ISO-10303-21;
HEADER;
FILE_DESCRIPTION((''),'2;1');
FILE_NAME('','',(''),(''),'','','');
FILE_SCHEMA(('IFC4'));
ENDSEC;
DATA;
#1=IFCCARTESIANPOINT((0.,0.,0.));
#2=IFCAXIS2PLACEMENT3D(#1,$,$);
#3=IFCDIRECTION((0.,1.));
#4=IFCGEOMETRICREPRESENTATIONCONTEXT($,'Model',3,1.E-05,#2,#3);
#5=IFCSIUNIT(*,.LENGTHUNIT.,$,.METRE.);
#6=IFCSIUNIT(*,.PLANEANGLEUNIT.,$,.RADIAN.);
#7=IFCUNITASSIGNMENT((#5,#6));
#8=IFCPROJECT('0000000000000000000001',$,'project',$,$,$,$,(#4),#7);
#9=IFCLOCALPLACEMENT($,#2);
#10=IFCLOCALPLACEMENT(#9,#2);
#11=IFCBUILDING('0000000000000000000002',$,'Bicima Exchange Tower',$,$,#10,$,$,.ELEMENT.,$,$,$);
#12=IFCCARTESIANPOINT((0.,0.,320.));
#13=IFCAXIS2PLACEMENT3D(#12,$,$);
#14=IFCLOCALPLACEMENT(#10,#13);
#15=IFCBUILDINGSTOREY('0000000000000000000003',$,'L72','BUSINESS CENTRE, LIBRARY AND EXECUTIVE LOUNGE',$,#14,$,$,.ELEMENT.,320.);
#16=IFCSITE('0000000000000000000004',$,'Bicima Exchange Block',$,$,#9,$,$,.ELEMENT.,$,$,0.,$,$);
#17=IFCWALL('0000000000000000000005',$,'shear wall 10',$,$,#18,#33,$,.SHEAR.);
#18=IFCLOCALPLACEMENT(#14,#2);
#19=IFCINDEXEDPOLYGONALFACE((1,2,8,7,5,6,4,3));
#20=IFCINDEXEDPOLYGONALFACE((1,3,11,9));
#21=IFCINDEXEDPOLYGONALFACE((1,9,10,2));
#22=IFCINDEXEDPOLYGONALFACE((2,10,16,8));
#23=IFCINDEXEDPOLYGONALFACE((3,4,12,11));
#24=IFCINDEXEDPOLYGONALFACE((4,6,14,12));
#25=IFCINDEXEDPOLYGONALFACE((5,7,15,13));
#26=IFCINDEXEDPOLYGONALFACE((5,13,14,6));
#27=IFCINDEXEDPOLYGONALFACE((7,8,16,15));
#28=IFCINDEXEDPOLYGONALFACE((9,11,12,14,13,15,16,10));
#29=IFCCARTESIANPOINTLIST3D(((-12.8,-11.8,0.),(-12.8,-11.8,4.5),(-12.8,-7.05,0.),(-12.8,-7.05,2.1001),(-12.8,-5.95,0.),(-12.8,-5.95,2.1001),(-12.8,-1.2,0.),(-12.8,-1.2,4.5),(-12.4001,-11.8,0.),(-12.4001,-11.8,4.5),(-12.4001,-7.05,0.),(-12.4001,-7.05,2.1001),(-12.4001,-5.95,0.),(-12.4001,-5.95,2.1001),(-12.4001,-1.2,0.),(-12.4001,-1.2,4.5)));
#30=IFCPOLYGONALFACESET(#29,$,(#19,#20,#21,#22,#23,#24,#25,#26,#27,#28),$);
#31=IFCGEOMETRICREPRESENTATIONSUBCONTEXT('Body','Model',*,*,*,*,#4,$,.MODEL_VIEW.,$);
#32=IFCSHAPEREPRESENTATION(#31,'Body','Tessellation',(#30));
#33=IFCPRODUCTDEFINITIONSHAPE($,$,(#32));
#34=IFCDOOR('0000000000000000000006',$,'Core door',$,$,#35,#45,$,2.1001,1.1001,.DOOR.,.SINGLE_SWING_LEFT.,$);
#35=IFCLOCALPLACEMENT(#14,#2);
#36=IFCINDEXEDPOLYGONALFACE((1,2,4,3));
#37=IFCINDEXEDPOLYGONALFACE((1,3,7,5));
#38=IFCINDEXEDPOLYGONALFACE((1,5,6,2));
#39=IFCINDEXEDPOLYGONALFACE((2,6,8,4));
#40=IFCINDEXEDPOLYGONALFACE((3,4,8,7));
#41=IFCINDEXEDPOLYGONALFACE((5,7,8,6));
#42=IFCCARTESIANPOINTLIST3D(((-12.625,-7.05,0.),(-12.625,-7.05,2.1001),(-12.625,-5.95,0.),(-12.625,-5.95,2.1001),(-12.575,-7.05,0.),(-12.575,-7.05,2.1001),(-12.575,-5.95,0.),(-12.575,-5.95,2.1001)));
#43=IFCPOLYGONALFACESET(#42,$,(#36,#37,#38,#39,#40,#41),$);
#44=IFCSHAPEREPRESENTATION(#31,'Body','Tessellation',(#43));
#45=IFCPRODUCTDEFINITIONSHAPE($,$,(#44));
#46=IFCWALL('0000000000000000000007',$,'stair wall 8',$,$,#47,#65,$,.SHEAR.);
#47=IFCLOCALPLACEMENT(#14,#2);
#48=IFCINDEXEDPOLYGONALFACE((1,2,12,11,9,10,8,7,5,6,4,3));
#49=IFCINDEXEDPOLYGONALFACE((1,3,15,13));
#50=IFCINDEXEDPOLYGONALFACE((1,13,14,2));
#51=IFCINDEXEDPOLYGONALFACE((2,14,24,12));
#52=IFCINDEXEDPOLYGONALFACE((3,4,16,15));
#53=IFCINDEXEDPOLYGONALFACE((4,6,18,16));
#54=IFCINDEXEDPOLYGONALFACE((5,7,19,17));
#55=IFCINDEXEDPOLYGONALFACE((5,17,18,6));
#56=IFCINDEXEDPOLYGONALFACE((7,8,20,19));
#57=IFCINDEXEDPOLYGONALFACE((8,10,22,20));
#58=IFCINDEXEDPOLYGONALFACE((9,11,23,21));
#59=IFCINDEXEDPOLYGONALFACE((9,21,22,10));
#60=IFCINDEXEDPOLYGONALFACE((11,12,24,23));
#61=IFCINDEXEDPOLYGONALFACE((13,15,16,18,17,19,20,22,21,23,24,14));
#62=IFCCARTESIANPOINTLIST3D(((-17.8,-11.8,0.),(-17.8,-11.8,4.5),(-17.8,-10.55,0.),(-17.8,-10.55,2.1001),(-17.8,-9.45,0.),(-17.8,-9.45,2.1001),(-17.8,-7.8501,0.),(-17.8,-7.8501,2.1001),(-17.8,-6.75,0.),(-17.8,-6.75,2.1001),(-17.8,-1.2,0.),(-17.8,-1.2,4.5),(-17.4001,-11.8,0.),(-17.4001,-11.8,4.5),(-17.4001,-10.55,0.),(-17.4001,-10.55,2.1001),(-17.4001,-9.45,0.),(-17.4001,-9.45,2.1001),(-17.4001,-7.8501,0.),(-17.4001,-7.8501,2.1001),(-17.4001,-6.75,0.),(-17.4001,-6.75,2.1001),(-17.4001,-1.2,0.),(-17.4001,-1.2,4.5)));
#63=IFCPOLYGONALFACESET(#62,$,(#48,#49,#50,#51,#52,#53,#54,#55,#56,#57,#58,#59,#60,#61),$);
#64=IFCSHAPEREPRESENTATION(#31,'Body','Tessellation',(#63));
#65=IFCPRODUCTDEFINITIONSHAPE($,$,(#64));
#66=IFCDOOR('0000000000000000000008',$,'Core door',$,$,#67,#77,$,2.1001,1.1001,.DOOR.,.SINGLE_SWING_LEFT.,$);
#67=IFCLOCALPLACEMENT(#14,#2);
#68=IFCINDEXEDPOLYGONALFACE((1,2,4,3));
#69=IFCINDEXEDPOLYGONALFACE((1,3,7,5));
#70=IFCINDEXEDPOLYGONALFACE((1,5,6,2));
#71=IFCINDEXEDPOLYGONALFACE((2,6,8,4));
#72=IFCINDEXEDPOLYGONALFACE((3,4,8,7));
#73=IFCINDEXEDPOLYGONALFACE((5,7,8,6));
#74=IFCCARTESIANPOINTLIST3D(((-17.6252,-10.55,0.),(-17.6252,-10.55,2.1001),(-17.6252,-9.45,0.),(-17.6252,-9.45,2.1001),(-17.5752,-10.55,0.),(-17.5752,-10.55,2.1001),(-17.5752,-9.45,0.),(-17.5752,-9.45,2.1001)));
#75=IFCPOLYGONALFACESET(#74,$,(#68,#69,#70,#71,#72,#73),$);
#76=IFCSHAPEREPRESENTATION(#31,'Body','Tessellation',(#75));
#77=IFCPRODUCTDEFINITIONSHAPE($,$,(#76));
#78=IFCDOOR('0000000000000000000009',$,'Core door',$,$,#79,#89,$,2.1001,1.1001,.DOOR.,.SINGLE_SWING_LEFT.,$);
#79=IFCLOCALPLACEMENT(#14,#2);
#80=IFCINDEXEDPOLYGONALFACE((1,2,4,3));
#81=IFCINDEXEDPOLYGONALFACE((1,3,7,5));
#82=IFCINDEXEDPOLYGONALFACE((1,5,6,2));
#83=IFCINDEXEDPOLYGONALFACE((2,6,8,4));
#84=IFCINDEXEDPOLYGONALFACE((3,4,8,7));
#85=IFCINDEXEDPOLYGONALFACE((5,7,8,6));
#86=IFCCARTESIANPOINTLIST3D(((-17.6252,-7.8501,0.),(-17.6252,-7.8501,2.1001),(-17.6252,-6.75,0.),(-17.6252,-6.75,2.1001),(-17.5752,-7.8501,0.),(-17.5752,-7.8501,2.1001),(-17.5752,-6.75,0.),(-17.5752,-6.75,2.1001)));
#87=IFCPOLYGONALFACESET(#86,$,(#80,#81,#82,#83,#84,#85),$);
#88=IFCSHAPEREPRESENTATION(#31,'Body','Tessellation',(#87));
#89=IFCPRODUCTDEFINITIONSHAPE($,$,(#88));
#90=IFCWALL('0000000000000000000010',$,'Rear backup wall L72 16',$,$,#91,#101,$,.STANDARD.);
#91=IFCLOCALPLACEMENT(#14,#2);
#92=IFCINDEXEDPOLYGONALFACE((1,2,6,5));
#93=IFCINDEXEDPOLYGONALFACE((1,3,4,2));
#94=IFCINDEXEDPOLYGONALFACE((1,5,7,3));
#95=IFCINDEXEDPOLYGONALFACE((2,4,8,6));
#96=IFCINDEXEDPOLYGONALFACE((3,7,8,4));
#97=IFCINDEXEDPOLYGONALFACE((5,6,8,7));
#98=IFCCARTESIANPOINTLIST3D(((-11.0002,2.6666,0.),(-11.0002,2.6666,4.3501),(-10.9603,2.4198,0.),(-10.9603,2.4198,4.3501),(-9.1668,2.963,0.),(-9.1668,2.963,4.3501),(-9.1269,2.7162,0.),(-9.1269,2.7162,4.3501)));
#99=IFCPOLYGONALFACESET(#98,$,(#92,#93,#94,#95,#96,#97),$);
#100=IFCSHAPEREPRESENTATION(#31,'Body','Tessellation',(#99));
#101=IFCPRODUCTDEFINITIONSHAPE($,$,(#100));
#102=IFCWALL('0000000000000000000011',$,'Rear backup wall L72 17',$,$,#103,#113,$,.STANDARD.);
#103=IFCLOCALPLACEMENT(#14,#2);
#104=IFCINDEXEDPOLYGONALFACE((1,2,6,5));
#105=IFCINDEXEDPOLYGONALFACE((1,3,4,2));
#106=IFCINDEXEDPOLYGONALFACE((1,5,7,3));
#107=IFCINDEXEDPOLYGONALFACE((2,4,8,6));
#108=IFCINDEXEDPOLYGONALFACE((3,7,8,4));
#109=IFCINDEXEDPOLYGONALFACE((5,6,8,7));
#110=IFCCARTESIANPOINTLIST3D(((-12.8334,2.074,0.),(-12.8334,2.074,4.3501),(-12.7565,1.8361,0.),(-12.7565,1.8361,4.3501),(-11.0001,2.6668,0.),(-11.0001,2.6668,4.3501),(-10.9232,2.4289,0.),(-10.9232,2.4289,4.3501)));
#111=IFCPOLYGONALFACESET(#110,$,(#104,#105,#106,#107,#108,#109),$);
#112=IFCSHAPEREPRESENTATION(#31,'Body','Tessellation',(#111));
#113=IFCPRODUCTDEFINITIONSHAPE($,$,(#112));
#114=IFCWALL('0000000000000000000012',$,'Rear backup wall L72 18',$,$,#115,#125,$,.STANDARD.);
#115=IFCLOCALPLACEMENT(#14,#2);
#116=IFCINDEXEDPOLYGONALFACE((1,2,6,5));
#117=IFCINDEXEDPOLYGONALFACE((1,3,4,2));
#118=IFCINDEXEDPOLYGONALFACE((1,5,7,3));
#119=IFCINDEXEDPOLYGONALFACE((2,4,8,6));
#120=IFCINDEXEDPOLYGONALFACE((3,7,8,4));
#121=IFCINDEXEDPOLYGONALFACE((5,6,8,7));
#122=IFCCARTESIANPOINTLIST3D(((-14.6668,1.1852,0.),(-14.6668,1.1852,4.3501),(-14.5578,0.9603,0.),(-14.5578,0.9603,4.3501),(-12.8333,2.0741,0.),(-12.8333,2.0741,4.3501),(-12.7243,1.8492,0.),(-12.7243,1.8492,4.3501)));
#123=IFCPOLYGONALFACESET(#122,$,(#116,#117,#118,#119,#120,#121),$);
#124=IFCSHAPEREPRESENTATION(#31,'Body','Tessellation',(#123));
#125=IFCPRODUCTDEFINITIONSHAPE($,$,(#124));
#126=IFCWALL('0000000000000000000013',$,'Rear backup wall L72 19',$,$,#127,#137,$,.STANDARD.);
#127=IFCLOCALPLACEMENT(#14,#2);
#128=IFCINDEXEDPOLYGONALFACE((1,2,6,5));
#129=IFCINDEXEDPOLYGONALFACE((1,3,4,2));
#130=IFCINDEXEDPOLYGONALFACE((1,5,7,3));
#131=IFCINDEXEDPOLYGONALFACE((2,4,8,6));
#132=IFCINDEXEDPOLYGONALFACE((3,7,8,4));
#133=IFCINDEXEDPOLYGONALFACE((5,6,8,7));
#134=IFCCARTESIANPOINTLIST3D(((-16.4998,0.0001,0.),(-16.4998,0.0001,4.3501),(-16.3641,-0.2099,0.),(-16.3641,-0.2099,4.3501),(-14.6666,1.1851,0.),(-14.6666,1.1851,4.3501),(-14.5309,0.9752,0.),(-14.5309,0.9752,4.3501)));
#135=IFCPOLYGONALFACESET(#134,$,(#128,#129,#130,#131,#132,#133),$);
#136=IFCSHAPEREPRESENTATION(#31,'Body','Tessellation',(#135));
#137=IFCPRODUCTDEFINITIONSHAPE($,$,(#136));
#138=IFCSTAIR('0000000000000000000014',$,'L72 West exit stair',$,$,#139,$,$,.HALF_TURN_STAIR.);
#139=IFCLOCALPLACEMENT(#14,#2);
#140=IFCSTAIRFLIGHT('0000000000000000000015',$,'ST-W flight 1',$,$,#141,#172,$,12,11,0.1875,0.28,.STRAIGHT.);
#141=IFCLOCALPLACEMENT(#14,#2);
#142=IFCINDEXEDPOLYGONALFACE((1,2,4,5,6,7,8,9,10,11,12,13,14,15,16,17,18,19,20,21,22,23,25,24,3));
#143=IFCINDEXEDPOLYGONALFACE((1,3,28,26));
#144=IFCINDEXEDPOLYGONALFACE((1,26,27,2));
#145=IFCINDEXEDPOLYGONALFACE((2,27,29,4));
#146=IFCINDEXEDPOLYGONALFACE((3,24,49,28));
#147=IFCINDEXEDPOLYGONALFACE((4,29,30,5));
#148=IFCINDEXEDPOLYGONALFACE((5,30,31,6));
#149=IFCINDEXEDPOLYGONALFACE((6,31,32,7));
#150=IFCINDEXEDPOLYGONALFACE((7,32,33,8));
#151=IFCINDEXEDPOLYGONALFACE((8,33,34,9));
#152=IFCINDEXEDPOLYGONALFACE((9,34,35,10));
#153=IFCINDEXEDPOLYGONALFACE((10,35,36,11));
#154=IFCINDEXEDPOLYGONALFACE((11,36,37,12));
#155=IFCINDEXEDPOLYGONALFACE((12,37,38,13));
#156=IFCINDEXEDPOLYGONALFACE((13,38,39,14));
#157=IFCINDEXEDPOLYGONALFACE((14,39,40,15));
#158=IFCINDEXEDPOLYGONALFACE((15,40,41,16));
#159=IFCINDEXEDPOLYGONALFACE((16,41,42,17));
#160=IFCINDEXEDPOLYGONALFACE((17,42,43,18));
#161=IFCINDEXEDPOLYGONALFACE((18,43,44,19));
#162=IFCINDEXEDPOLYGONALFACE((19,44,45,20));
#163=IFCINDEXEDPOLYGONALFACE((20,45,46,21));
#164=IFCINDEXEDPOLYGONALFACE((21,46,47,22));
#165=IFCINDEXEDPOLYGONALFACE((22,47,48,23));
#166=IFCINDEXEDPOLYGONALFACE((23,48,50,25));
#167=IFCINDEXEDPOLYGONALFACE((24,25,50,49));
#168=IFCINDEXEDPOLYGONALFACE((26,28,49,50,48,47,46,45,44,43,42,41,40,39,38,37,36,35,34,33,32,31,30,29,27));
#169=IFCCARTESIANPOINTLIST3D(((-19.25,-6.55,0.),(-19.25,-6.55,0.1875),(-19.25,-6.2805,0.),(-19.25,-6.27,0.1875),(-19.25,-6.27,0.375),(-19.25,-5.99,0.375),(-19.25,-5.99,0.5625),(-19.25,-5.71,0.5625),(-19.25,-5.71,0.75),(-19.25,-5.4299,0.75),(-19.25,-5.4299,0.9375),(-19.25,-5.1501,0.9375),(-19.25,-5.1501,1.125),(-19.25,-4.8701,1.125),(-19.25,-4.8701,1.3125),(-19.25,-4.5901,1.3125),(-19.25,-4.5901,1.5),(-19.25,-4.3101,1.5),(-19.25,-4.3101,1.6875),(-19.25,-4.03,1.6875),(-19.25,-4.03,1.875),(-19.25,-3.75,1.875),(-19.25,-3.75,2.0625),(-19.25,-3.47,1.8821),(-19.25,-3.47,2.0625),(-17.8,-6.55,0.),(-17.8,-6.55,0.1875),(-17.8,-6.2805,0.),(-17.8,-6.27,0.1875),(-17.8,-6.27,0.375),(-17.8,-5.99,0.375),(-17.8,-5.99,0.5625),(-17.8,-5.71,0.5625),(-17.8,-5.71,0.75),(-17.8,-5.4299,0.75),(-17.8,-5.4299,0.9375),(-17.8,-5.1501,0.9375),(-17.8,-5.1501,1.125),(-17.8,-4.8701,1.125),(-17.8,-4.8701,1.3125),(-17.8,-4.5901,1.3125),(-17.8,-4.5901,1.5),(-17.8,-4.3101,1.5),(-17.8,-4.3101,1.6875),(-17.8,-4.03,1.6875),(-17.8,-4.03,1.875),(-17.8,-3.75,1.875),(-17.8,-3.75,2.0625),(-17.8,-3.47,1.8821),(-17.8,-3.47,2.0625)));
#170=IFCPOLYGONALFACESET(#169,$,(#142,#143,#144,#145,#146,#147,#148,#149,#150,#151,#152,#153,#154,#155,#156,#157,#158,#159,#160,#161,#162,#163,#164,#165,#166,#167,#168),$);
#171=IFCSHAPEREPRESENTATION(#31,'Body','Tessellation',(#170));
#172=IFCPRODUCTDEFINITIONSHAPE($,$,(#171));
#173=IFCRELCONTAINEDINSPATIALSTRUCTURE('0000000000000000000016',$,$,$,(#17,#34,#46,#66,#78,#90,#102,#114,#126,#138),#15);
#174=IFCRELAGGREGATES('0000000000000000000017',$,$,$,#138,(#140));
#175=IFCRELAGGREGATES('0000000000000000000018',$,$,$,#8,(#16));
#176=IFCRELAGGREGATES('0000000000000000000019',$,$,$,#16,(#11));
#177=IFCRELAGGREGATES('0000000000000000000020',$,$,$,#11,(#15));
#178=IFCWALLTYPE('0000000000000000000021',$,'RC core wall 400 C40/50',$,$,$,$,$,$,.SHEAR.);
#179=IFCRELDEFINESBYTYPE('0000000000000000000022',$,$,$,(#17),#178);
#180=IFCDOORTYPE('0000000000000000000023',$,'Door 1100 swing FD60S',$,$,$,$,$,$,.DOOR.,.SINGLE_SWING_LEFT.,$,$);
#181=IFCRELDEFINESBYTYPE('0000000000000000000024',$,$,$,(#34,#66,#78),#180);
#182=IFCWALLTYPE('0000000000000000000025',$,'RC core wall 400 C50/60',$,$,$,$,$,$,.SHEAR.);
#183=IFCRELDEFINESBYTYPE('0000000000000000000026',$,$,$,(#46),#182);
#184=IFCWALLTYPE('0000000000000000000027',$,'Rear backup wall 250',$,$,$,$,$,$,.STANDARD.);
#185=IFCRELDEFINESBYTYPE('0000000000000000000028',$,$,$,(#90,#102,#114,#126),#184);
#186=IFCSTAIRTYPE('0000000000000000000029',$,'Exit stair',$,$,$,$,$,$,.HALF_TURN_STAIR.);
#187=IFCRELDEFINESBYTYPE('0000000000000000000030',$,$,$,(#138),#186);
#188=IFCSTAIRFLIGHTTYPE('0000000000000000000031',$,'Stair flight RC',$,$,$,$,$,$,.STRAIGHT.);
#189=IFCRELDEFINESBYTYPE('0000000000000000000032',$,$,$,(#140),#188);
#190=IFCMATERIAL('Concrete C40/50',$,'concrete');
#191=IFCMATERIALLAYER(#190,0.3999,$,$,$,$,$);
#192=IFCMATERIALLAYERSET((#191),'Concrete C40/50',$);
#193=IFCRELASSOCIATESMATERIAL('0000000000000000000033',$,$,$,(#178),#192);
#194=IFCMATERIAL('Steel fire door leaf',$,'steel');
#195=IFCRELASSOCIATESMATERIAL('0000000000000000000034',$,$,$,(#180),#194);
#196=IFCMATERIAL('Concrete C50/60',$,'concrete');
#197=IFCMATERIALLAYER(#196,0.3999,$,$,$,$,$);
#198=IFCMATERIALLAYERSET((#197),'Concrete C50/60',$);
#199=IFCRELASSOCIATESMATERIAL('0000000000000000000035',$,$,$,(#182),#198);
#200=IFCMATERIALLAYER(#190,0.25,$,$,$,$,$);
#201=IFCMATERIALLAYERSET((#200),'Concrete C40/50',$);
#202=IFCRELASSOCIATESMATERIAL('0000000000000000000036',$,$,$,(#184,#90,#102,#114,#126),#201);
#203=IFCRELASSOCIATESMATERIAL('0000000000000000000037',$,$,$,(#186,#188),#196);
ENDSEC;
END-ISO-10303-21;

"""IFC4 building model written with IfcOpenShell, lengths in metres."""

from ifc_helpers import new_model, si_unit, direction, frame, frame_2d, origin, place, context, subcontext, project, spatial, polyline, rectangle, outline, extrude, material, layer, layer_set, layer_usage, type_object, element, fill, aggregate, save


model = new_model("IFC4")

# Units and contexts
model_context = context("Model", 3, precision=1e-05, world=origin(), true_north=direction((0.0, 1.0)))
body_context = subcontext(model_context, "Body", "Model", "MODEL_VIEW")
ifc_project = project(units=[si_unit("LENGTHUNIT", "METRE"), si_unit("PLANEANGLEUNIT", "RADIAN")], contexts=[model_context])

# Site, building, storey
site_placement = place(None, origin())
site = spatial("IfcSite", under=ifc_project, at=site_placement, Name="Bicima Exchange Block", CompositionType="ELEMENT", RefElevation=0.0)
building_placement = place(site_placement, origin())
building = spatial("IfcBuilding", under=site, at=building_placement, Name="Bicima Exchange Tower", CompositionType="ELEMENT")
storey_placement = place(building_placement, frame((0.0, 0.0, 320.0)))
storey = spatial("IfcBuildingStorey", under=building, at=storey_placement, Name="L72", Description="BUSINESS CENTRE, LIBRARY AND EXECUTIVE LOUNGE", CompositionType="ELEMENT", Elevation=320.0)

# Shared definitions
ifc_material_1 = material(Name="Concrete C40/50", Category="concrete")
ifc_layer_1 = layer(ifc_material_1, 0.3999)
ifc_layer_set_1 = layer_set([ifc_layer_1], Name="Concrete C40/50")
wall_type_1 = type_object("IfcWallType", Name="RC core wall 400 C40/50", PredefinedType="SHEAR", material=ifc_layer_set_1)

# Shared definitions
ifc_material_2 = material(Name="Steel fire door leaf", Category="steel")

# Wall, opening, door
wall_1_placement = place(storey_placement, frame((-12.6001, -11.8, 0.0), z_axis=(0.0, 0.0, 1.0), x_axis=(0.0, 1.0, 0.0)))
wall_1 = element("IfcWall", 1, at=wall_1_placement, inside=storey, type_object=wall_type_1, Name="shear wall 10", PredefinedType="SHEAR", context=body_context, shape_type="SweptSolid", body=[
    extrude(rectangle(XDim=10.6001, YDim=0.3999, at=frame_2d((5.3, 0.0))), origin(), (0.0, 0.0, 1.0), 4.5),
])
opening_1_placement = place(wall_1_placement, frame((4.75, 0.0, 0.0)))
opening_1 = element("IfcOpeningElement", 2, at=opening_1_placement, cuts=wall_1, PredefinedType="OPENING", context=body_context, shape_type="SweptSolid", body=[
    extrude(rectangle(XDim=1.1001, YDim=2.1001, at=frame_2d((0.55, 1.05))), frame((0.0, 0.2119, 0.0), z_axis=(0.0, -1.0, 0.0), x_axis=(1.0, 0.0, 0.0)), (0.0, 0.0, 1.0), 0.4238),
])
door_type_1 = type_object("IfcDoorType", Name="Door 1100 swing FD60S", OperationType="SINGLE_SWING_LEFT", PredefinedType="DOOR", material=ifc_material_2)
door_1_placement = place(opening_1_placement, origin())
door_1 = element("IfcDoor", 3, at=door_1_placement, inside=storey, type_object=door_type_1, Name="Core door", OperationType="SINGLE_SWING_LEFT", OverallHeight=2.1001, OverallWidth=1.1001, PredefinedType="DOOR", context=body_context, shape_type="SweptSolid", body=[
    extrude(rectangle(XDim=1.1001, YDim=2.1001, at=frame_2d((0.55, 1.05))), frame((0.0, 0.0249, 0.0), z_axis=(0.0, -1.0, 0.0), x_axis=(1.0, 0.0, 0.0)), (0.0, 0.0, 1.0), 0.05),
])
fill(opening_1, door_1)

# Wall, openings, doors
ifc_material_3 = material(Name="Concrete C50/60", Category="concrete")
ifc_layer_2 = layer(ifc_material_3, 0.3999)
ifc_layer_set_2 = layer_set([ifc_layer_2], Name="Concrete C50/60")
wall_type_2 = type_object("IfcWallType", Name="RC core wall 400 C50/60", PredefinedType="SHEAR", material=ifc_layer_set_2)
wall_2_placement = place(storey_placement, frame((-17.6001, -11.8, 0.0), z_axis=(0.0, 0.0, 1.0), x_axis=(0.0, 1.0, 0.0)))
wall_2 = element("IfcWall", 4, at=wall_2_placement, inside=storey, type_object=wall_type_2, Name="stair wall 8", PredefinedType="SHEAR", context=body_context, shape_type="SweptSolid", body=[
    extrude(rectangle(XDim=10.6001, YDim=0.3999, at=frame_2d((5.3, 0.0))), origin(), (0.0, 0.0, 1.0), 4.5),
])
opening_2_placement = place(wall_2_placement, frame((1.25, 0.0, 0.0)))
opening_2 = element("IfcOpeningElement", 5, at=opening_2_placement, cuts=wall_2, PredefinedType="OPENING", context=body_context, shape_type="SweptSolid", body=[
    extrude(rectangle(XDim=1.1001, YDim=2.1001, at=frame_2d((0.55, 1.05))), frame((0.0, 0.2119, 0.0), z_axis=(0.0, -1.0, 0.0), x_axis=(1.0, 0.0, 0.0)), (0.0, 0.0, 1.0), 0.4238),
])
opening_3_placement = place(wall_2_placement, frame((3.95, 0.0, 0.0)))
opening_3 = element("IfcOpeningElement", 6, at=opening_3_placement, cuts=wall_2, PredefinedType="OPENING", context=body_context, shape_type="SweptSolid", body=[
    extrude(rectangle(XDim=1.1001, YDim=2.1001, at=frame_2d((0.55, 1.05))), frame((0.0, 0.2119, 0.0), z_axis=(0.0, -1.0, 0.0), x_axis=(1.0, 0.0, 0.0)), (0.0, 0.0, 1.0), 0.4238),
])
door_2_placement = place(opening_2_placement, frame((1.1001, 0.0, 0.0), z_axis=(0.0, 0.0, 1.0), x_axis=(-1.0, 0.0, 0.0)))
door_2 = element("IfcDoor", 7, at=door_2_placement, inside=storey, type_object=door_type_1, Name="Core door", OperationType="SINGLE_SWING_LEFT", OverallHeight=2.1001, OverallWidth=1.1001, PredefinedType="DOOR", context=body_context, shape_type="SweptSolid", body=[
    extrude(rectangle(XDim=1.1001, YDim=2.1001, at=frame_2d((0.55, 1.05))), frame((0.0, 0.0249, 0.0), z_axis=(0.0, -1.0, 0.0), x_axis=(1.0, 0.0, 0.0)), (0.0, 0.0, 1.0), 0.05),
])
fill(opening_2, door_2)
door_3_placement = place(opening_3_placement, frame((1.1001, 0.0, 0.0), z_axis=(0.0, 0.0, 1.0), x_axis=(-1.0, 0.0, 0.0)))
door_3 = element("IfcDoor", 8, at=door_3_placement, inside=storey, type_object=door_type_1, Name="Core door", OperationType="SINGLE_SWING_LEFT", OverallHeight=2.1001, OverallWidth=1.1001, PredefinedType="DOOR", context=body_context, shape_type="SweptSolid", body=[
    extrude(rectangle(XDim=1.1001, YDim=2.1001, at=frame_2d((0.55, 1.05))), frame((0.0, 0.0249, 0.0), z_axis=(0.0, -1.0, 0.0), x_axis=(1.0, 0.0, 0.0)), (0.0, 0.0, 1.0), 0.05),
])
fill(opening_3, door_3)

# Walls
ifc_layer_3 = layer(ifc_material_1, 0.25)
ifc_layer_set_3 = layer_set([ifc_layer_3], Name="Concrete C40/50")
ifc_layer_usage = layer_usage(ifc_layer_set_3, "AXIS2", "POSITIVE", -0.125)
wall_type_3 = type_object("IfcWallType", Name="Rear backup wall 250", PredefinedType="STANDARD", material=ifc_layer_set_3)
wall_3_placement = place(storey_placement, frame((-9.1467, 2.8396, 0.0), z_axis=(0.0, 0.0, 1.0), x_axis=(-0.987182, -0.1596, 0.0)))
element("IfcWall", 9, at=wall_3_placement, inside=storey, type_object=wall_type_3, material=ifc_layer_usage, Name="Rear backup wall L72 16", PredefinedType="STANDARD", context=body_context, shape_type="SweptSolid", body=[
    extrude(rectangle(XDim=1.8572, YDim=0.25, at=frame_2d((0.9287, 0.0))), origin(), (0.0, 0.0, 1.0), 4.3501),
])
wall_4_placement = place(storey_placement, frame((-10.9617, 2.5479, 0.0), z_axis=(0.0, 0.0, 1.0), x_axis=(-0.951496, -0.307662, 0.0)))
element("IfcWall", 10, at=wall_4_placement, inside=storey, type_object=wall_type_3, material=ifc_layer_usage, Name="Rear backup wall L72 17", PredefinedType="STANDARD", context=body_context, shape_type="SweptSolid", body=[
    extrude(rectangle(XDim=1.9268, YDim=0.25, at=frame_2d((0.9634, 0.0))), origin(), (0.0, 0.0, 1.0), 4.3501),
])
wall_5_placement = place(storey_placement, frame((-12.7788, 1.9617, 0.0), z_axis=(0.0, 0.0, 1.0), x_axis=(-0.899824, -0.436253, 0.0)))
element("IfcWall", 11, at=wall_5_placement, inside=storey, type_object=wall_type_3, material=ifc_layer_usage, Name="Rear backup wall L72 18", PredefinedType="STANDARD", context=body_context, shape_type="SweptSolid", body=[
    extrude(rectangle(XDim=2.0376, YDim=0.25, at=frame_2d((1.0188, 0.0))), origin(), (0.0, 0.0, 1.0), 4.3501),
])
wall_6_placement = place(storey_placement, frame((-14.5989, 1.0801, 0.0), z_axis=(0.0, 0.0, 1.0), x_axis=(-0.839813, -0.542876, 0.0)))
element("IfcWall", 12, at=wall_6_placement, inside=storey, type_object=wall_type_3, material=ifc_layer_usage, Name="Rear backup wall L72 19", PredefinedType="STANDARD", context=body_context, shape_type="SweptSolid", body=[
    extrude(rectangle(XDim=2.1829, YDim=0.25, at=frame_2d((1.0913, 0.0))), origin(), (0.0, 0.0, 1.0), 4.3501),
])

# Stair, stair flight
stair_type = type_object("IfcStairType", Name="Exit stair", PredefinedType="HALF_TURN_STAIR", material=ifc_material_3)
stair_placement = place(storey_placement, origin())
stair = element("IfcStair", 13, at=stair_placement, inside=storey, type_object=stair_type, Name="L72 West exit stair", PredefinedType="HALF_TURN_STAIR")
stair_flight_type = type_object("IfcStairFlightType", Name="Stair flight RC", PredefinedType="STRAIGHT", material=ifc_material_3)
stair_flight_1_placement = place(storey_placement, frame((-18.5249, -6.55, 0.0), z_axis=(0.0, 0.0, 1.0), x_axis=(0.0, 1.0, 0.0)))
stair_flight_1 = element("IfcStairFlight", 14, at=stair_flight_1_placement, type_object=stair_flight_type, Name="ST-W flight 1", NumberOfRisers=12, NumberOfTreads=11, PredefinedType="STRAIGHT", RiserHeight=0.1875, TreadLength=0.28, context=body_context, shape_type="SweptSolid", body=[
    extrude(outline(polyline([(0.0, 0.0), (0.0, 0.1875), (0.28, 0.1875), (0.28, 0.375), (0.5601, 0.375), (0.5601, 0.5625), (0.8401, 0.5625), (0.8401, 0.75), (1.1201, 0.75), (1.1201, 0.9375), (1.3999, 0.9375), (1.3999, 1.125), (1.6799, 1.125), (1.6799, 1.3125), (1.96, 1.3125), (1.96, 1.5), (2.24, 1.5), (2.24, 1.6875), (2.52, 1.6875), (2.52, 1.875), (2.8, 1.875), (2.8, 2.0625), (3.0801, 2.0625), (3.0801, 2.25), (3.0801, 1.8821), (0.2695, 0.0), (0.0, 0.0)])), frame((0.0, 0.7251, 0.0), z_axis=(0.0, -1.0, 0.0), x_axis=(1.0, 0.0, 0.0)), (0.0, 0.0, 1.0), 1.45),
])
aggregate(stair, [stair_flight_1])

save(model, "model.ifc")
